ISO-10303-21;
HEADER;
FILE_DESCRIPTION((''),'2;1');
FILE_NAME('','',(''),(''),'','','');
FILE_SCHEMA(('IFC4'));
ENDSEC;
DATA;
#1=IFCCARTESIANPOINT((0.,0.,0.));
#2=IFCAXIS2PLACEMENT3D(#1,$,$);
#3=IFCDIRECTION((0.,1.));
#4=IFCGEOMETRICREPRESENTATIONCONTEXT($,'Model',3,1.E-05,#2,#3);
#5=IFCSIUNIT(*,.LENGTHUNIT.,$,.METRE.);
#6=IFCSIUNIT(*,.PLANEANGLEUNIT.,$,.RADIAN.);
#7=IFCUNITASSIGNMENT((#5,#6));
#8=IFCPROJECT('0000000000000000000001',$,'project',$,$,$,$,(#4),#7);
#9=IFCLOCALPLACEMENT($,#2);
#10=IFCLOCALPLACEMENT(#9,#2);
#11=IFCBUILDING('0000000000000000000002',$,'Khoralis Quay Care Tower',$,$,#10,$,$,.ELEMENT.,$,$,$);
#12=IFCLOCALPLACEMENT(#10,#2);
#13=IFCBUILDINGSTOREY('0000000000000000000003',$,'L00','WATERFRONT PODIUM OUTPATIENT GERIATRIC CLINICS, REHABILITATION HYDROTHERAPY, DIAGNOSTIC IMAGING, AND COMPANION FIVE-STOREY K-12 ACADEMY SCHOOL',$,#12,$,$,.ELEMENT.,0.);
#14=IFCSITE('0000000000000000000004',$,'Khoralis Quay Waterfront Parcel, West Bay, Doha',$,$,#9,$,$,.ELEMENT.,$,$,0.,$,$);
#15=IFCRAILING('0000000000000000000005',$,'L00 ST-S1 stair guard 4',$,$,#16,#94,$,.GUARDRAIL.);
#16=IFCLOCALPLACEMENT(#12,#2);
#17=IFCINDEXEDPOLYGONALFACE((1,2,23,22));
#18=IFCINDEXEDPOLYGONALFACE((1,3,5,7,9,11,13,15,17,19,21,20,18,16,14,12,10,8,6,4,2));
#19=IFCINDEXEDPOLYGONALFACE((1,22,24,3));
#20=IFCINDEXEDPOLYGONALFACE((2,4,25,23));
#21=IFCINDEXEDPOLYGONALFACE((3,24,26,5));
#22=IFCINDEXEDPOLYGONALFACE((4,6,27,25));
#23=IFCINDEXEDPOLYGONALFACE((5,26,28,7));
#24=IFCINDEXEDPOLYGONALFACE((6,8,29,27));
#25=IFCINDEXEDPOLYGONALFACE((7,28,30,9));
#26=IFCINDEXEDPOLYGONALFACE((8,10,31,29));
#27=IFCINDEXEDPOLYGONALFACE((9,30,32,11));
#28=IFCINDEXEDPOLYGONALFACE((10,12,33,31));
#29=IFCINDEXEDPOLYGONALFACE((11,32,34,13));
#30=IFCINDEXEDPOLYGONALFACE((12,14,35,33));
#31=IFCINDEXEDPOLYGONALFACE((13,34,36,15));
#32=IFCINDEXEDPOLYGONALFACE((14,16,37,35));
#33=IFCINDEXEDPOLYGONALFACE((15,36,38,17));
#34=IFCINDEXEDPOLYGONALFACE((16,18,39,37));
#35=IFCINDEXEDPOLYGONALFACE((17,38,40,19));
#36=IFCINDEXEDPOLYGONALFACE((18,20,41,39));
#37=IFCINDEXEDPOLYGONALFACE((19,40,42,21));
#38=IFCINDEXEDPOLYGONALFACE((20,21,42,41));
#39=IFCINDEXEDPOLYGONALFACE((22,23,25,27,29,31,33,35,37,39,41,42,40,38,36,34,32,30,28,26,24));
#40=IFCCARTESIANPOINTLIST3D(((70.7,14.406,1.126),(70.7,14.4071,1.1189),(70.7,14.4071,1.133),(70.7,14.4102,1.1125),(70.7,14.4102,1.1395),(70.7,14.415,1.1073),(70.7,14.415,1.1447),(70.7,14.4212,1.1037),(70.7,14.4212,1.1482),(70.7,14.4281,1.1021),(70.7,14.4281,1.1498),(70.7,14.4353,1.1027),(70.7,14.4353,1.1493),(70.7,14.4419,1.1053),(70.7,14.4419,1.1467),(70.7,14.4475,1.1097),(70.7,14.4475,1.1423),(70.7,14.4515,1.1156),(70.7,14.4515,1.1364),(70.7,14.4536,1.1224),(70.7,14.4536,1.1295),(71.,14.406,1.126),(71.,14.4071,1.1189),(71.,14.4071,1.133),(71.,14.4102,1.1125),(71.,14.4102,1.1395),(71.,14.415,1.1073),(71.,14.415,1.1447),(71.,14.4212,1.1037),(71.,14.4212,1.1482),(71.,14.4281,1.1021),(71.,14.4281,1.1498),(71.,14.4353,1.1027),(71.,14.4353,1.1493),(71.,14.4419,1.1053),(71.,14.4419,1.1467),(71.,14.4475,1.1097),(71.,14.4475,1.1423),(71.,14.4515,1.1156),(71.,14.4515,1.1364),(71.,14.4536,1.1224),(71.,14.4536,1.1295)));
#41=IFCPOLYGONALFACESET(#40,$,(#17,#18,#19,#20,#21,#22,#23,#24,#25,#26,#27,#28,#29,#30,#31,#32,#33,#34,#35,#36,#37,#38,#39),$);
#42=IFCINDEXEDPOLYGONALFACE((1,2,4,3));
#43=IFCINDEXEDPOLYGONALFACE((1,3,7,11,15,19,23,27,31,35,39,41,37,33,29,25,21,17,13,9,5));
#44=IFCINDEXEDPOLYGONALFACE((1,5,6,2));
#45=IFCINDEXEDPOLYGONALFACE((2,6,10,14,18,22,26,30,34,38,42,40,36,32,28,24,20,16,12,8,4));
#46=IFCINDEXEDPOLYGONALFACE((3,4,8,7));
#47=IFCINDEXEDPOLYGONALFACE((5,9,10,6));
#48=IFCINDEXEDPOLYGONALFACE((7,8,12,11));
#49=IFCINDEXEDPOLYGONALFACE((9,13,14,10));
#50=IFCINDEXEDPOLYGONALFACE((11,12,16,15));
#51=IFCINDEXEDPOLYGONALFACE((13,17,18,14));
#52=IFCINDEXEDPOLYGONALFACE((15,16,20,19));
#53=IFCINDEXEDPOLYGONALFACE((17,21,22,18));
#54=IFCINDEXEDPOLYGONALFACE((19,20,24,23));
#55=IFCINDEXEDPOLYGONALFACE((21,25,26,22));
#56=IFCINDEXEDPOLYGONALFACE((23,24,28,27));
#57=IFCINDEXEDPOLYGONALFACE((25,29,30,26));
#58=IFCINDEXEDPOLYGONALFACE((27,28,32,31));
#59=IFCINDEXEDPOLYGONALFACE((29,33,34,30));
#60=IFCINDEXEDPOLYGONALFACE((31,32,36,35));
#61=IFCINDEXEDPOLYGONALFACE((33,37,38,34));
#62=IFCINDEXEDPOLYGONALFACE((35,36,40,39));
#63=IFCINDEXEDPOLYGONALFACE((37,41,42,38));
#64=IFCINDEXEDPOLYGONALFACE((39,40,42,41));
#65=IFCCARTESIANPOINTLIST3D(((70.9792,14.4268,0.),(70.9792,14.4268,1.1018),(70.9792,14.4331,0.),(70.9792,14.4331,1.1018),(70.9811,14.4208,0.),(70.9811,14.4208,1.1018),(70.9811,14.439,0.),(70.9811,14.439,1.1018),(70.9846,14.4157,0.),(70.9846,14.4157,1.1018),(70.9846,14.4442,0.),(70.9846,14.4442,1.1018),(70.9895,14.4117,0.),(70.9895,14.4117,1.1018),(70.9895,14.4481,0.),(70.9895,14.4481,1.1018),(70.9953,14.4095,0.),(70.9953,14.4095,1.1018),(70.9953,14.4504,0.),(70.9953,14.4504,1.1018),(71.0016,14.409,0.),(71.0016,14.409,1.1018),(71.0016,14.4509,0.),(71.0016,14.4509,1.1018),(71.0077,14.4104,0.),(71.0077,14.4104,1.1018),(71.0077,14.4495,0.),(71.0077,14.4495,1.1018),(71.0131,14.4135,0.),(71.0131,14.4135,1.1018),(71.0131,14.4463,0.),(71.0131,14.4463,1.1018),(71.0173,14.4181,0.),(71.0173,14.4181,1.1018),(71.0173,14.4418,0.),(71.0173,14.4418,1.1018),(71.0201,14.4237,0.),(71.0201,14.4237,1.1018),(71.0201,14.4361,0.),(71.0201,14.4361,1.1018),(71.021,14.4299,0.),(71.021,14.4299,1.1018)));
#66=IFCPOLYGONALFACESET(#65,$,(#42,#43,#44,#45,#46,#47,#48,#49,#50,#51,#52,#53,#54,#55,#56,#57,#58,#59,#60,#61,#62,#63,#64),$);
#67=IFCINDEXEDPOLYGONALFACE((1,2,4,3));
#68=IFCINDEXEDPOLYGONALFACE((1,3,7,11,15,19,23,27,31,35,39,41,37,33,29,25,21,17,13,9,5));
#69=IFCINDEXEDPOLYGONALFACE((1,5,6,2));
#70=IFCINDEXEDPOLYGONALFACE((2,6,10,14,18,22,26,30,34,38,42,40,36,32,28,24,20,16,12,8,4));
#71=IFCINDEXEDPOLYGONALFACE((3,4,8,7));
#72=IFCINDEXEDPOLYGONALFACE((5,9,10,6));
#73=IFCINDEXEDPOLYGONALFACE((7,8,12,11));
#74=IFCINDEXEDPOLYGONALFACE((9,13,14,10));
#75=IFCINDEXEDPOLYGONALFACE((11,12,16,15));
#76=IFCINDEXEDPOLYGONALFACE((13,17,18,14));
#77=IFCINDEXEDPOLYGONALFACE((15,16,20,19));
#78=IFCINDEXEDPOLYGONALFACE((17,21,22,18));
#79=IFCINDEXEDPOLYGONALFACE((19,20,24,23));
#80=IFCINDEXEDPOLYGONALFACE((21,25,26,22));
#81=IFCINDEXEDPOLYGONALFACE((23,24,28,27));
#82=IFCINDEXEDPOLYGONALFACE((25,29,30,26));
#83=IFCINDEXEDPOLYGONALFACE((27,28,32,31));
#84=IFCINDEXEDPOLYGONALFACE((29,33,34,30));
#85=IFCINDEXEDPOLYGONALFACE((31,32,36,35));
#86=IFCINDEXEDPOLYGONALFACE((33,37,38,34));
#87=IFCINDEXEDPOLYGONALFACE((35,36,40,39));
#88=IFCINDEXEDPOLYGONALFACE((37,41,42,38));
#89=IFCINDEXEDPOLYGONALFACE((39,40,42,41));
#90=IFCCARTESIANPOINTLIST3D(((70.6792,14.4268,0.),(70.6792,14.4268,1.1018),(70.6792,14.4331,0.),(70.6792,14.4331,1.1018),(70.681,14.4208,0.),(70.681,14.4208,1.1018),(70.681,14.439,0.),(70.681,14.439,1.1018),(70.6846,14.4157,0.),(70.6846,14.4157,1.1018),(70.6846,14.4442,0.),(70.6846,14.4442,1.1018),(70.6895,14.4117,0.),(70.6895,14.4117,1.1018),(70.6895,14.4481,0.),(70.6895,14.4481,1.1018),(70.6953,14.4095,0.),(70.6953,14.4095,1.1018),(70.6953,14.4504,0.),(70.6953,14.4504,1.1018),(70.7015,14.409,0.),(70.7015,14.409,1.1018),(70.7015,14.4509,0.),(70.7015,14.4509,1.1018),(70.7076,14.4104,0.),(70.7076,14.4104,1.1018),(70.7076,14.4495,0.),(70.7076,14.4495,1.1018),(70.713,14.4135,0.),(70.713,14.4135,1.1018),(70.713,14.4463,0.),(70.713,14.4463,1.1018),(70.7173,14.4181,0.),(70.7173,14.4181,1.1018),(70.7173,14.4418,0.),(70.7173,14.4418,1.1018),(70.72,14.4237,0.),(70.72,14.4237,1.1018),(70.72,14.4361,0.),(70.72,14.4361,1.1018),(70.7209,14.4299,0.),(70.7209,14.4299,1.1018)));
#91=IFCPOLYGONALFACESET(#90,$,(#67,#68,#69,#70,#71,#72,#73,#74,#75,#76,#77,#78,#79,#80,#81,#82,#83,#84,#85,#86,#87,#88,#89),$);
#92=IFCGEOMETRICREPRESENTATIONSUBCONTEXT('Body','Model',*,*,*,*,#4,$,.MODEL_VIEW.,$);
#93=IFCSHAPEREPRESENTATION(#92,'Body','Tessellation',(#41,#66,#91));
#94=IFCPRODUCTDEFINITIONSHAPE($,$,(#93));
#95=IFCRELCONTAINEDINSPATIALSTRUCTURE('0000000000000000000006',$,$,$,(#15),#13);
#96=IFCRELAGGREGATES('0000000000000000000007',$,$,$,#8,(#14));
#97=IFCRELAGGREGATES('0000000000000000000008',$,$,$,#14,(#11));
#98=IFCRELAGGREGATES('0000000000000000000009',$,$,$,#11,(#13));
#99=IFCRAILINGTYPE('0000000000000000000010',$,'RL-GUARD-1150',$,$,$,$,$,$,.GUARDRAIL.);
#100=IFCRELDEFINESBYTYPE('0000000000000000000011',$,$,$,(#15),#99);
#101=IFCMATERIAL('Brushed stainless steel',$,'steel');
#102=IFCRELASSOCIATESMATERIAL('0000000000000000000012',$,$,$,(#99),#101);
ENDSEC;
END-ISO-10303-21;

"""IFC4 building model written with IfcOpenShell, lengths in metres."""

from ifc_helpers import new_model, si_unit, direction, frame, origin, origin_2d, place, context, subcontext, project, spatial, circle, extrude, material, type_object, element, save


model = new_model("IFC4")

# Units and contexts
model_context = context("Model", 3, precision=1e-05, world=origin(), true_north=direction((0.0, 1.0)))
body_context = subcontext(model_context, "Body", "Model", "MODEL_VIEW")
ifc_project = project(units=[si_unit("LENGTHUNIT", "METRE"), si_unit("PLANEANGLEUNIT", "RADIAN")], contexts=[model_context])

# Site, building, storey
site_placement = place(None, origin())
site = spatial("IfcSite", under=ifc_project, at=site_placement, Name="Khoralis Quay Waterfront Parcel, West Bay, Doha", CompositionType="ELEMENT", RefElevation=0.0)
building_placement = place(site_placement, origin())
building = spatial("IfcBuilding", under=site, at=building_placement, Name="Khoralis Quay Care Tower", CompositionType="ELEMENT")
storey_placement = place(building_placement, origin())
storey = spatial("IfcBuildingStorey", under=building, at=storey_placement, Name="L00", Description="WATERFRONT PODIUM OUTPATIENT GERIATRIC CLINICS, REHABILITATION HYDROTHERAPY, DIAGNOSTIC IMAGING, AND COMPANION FIVE-STOREY K-12 ACADEMY SCHOOL", CompositionType="ELEMENT", Elevation=0.0)

# Railing
ifc_material_1 = material(Name="Brushed stainless steel", Category="steel")
railing_type = type_object("IfcRailingType", Name="RL-GUARD-1150", PredefinedType="GUARDRAIL", material=ifc_material_1)
railing_1_placement = place(storey_placement, frame((71.0, 14.4299, 0.0)))
element("IfcRailing", 1, at=railing_1_placement, inside=storey, type_object=railing_type, Name="L00 ST-S1 stair guard 4", PredefinedType="GUARDRAIL", context=body_context, shape_type="SweptSolid", body=[
    extrude(circle(Radius=0.0239, at=origin_2d()), frame((0.0, 0.0, 1.126), z_axis=(-1.0, 0.0, 0.0), x_axis=(0.0, -1.0, 0.0)), (0.0, 0.0, 1.0), 0.3),
    extrude(circle(Radius=0.021, at=origin_2d()), origin(), (0.0, 0.0, 1.0), 1.1018),
    extrude(circle(Radius=0.021, at=origin_2d()), frame((-0.3, 0.0, 0.0)), (0.0, 0.0, 1.0), 1.1018),
])

save(model, "model.ifc")
